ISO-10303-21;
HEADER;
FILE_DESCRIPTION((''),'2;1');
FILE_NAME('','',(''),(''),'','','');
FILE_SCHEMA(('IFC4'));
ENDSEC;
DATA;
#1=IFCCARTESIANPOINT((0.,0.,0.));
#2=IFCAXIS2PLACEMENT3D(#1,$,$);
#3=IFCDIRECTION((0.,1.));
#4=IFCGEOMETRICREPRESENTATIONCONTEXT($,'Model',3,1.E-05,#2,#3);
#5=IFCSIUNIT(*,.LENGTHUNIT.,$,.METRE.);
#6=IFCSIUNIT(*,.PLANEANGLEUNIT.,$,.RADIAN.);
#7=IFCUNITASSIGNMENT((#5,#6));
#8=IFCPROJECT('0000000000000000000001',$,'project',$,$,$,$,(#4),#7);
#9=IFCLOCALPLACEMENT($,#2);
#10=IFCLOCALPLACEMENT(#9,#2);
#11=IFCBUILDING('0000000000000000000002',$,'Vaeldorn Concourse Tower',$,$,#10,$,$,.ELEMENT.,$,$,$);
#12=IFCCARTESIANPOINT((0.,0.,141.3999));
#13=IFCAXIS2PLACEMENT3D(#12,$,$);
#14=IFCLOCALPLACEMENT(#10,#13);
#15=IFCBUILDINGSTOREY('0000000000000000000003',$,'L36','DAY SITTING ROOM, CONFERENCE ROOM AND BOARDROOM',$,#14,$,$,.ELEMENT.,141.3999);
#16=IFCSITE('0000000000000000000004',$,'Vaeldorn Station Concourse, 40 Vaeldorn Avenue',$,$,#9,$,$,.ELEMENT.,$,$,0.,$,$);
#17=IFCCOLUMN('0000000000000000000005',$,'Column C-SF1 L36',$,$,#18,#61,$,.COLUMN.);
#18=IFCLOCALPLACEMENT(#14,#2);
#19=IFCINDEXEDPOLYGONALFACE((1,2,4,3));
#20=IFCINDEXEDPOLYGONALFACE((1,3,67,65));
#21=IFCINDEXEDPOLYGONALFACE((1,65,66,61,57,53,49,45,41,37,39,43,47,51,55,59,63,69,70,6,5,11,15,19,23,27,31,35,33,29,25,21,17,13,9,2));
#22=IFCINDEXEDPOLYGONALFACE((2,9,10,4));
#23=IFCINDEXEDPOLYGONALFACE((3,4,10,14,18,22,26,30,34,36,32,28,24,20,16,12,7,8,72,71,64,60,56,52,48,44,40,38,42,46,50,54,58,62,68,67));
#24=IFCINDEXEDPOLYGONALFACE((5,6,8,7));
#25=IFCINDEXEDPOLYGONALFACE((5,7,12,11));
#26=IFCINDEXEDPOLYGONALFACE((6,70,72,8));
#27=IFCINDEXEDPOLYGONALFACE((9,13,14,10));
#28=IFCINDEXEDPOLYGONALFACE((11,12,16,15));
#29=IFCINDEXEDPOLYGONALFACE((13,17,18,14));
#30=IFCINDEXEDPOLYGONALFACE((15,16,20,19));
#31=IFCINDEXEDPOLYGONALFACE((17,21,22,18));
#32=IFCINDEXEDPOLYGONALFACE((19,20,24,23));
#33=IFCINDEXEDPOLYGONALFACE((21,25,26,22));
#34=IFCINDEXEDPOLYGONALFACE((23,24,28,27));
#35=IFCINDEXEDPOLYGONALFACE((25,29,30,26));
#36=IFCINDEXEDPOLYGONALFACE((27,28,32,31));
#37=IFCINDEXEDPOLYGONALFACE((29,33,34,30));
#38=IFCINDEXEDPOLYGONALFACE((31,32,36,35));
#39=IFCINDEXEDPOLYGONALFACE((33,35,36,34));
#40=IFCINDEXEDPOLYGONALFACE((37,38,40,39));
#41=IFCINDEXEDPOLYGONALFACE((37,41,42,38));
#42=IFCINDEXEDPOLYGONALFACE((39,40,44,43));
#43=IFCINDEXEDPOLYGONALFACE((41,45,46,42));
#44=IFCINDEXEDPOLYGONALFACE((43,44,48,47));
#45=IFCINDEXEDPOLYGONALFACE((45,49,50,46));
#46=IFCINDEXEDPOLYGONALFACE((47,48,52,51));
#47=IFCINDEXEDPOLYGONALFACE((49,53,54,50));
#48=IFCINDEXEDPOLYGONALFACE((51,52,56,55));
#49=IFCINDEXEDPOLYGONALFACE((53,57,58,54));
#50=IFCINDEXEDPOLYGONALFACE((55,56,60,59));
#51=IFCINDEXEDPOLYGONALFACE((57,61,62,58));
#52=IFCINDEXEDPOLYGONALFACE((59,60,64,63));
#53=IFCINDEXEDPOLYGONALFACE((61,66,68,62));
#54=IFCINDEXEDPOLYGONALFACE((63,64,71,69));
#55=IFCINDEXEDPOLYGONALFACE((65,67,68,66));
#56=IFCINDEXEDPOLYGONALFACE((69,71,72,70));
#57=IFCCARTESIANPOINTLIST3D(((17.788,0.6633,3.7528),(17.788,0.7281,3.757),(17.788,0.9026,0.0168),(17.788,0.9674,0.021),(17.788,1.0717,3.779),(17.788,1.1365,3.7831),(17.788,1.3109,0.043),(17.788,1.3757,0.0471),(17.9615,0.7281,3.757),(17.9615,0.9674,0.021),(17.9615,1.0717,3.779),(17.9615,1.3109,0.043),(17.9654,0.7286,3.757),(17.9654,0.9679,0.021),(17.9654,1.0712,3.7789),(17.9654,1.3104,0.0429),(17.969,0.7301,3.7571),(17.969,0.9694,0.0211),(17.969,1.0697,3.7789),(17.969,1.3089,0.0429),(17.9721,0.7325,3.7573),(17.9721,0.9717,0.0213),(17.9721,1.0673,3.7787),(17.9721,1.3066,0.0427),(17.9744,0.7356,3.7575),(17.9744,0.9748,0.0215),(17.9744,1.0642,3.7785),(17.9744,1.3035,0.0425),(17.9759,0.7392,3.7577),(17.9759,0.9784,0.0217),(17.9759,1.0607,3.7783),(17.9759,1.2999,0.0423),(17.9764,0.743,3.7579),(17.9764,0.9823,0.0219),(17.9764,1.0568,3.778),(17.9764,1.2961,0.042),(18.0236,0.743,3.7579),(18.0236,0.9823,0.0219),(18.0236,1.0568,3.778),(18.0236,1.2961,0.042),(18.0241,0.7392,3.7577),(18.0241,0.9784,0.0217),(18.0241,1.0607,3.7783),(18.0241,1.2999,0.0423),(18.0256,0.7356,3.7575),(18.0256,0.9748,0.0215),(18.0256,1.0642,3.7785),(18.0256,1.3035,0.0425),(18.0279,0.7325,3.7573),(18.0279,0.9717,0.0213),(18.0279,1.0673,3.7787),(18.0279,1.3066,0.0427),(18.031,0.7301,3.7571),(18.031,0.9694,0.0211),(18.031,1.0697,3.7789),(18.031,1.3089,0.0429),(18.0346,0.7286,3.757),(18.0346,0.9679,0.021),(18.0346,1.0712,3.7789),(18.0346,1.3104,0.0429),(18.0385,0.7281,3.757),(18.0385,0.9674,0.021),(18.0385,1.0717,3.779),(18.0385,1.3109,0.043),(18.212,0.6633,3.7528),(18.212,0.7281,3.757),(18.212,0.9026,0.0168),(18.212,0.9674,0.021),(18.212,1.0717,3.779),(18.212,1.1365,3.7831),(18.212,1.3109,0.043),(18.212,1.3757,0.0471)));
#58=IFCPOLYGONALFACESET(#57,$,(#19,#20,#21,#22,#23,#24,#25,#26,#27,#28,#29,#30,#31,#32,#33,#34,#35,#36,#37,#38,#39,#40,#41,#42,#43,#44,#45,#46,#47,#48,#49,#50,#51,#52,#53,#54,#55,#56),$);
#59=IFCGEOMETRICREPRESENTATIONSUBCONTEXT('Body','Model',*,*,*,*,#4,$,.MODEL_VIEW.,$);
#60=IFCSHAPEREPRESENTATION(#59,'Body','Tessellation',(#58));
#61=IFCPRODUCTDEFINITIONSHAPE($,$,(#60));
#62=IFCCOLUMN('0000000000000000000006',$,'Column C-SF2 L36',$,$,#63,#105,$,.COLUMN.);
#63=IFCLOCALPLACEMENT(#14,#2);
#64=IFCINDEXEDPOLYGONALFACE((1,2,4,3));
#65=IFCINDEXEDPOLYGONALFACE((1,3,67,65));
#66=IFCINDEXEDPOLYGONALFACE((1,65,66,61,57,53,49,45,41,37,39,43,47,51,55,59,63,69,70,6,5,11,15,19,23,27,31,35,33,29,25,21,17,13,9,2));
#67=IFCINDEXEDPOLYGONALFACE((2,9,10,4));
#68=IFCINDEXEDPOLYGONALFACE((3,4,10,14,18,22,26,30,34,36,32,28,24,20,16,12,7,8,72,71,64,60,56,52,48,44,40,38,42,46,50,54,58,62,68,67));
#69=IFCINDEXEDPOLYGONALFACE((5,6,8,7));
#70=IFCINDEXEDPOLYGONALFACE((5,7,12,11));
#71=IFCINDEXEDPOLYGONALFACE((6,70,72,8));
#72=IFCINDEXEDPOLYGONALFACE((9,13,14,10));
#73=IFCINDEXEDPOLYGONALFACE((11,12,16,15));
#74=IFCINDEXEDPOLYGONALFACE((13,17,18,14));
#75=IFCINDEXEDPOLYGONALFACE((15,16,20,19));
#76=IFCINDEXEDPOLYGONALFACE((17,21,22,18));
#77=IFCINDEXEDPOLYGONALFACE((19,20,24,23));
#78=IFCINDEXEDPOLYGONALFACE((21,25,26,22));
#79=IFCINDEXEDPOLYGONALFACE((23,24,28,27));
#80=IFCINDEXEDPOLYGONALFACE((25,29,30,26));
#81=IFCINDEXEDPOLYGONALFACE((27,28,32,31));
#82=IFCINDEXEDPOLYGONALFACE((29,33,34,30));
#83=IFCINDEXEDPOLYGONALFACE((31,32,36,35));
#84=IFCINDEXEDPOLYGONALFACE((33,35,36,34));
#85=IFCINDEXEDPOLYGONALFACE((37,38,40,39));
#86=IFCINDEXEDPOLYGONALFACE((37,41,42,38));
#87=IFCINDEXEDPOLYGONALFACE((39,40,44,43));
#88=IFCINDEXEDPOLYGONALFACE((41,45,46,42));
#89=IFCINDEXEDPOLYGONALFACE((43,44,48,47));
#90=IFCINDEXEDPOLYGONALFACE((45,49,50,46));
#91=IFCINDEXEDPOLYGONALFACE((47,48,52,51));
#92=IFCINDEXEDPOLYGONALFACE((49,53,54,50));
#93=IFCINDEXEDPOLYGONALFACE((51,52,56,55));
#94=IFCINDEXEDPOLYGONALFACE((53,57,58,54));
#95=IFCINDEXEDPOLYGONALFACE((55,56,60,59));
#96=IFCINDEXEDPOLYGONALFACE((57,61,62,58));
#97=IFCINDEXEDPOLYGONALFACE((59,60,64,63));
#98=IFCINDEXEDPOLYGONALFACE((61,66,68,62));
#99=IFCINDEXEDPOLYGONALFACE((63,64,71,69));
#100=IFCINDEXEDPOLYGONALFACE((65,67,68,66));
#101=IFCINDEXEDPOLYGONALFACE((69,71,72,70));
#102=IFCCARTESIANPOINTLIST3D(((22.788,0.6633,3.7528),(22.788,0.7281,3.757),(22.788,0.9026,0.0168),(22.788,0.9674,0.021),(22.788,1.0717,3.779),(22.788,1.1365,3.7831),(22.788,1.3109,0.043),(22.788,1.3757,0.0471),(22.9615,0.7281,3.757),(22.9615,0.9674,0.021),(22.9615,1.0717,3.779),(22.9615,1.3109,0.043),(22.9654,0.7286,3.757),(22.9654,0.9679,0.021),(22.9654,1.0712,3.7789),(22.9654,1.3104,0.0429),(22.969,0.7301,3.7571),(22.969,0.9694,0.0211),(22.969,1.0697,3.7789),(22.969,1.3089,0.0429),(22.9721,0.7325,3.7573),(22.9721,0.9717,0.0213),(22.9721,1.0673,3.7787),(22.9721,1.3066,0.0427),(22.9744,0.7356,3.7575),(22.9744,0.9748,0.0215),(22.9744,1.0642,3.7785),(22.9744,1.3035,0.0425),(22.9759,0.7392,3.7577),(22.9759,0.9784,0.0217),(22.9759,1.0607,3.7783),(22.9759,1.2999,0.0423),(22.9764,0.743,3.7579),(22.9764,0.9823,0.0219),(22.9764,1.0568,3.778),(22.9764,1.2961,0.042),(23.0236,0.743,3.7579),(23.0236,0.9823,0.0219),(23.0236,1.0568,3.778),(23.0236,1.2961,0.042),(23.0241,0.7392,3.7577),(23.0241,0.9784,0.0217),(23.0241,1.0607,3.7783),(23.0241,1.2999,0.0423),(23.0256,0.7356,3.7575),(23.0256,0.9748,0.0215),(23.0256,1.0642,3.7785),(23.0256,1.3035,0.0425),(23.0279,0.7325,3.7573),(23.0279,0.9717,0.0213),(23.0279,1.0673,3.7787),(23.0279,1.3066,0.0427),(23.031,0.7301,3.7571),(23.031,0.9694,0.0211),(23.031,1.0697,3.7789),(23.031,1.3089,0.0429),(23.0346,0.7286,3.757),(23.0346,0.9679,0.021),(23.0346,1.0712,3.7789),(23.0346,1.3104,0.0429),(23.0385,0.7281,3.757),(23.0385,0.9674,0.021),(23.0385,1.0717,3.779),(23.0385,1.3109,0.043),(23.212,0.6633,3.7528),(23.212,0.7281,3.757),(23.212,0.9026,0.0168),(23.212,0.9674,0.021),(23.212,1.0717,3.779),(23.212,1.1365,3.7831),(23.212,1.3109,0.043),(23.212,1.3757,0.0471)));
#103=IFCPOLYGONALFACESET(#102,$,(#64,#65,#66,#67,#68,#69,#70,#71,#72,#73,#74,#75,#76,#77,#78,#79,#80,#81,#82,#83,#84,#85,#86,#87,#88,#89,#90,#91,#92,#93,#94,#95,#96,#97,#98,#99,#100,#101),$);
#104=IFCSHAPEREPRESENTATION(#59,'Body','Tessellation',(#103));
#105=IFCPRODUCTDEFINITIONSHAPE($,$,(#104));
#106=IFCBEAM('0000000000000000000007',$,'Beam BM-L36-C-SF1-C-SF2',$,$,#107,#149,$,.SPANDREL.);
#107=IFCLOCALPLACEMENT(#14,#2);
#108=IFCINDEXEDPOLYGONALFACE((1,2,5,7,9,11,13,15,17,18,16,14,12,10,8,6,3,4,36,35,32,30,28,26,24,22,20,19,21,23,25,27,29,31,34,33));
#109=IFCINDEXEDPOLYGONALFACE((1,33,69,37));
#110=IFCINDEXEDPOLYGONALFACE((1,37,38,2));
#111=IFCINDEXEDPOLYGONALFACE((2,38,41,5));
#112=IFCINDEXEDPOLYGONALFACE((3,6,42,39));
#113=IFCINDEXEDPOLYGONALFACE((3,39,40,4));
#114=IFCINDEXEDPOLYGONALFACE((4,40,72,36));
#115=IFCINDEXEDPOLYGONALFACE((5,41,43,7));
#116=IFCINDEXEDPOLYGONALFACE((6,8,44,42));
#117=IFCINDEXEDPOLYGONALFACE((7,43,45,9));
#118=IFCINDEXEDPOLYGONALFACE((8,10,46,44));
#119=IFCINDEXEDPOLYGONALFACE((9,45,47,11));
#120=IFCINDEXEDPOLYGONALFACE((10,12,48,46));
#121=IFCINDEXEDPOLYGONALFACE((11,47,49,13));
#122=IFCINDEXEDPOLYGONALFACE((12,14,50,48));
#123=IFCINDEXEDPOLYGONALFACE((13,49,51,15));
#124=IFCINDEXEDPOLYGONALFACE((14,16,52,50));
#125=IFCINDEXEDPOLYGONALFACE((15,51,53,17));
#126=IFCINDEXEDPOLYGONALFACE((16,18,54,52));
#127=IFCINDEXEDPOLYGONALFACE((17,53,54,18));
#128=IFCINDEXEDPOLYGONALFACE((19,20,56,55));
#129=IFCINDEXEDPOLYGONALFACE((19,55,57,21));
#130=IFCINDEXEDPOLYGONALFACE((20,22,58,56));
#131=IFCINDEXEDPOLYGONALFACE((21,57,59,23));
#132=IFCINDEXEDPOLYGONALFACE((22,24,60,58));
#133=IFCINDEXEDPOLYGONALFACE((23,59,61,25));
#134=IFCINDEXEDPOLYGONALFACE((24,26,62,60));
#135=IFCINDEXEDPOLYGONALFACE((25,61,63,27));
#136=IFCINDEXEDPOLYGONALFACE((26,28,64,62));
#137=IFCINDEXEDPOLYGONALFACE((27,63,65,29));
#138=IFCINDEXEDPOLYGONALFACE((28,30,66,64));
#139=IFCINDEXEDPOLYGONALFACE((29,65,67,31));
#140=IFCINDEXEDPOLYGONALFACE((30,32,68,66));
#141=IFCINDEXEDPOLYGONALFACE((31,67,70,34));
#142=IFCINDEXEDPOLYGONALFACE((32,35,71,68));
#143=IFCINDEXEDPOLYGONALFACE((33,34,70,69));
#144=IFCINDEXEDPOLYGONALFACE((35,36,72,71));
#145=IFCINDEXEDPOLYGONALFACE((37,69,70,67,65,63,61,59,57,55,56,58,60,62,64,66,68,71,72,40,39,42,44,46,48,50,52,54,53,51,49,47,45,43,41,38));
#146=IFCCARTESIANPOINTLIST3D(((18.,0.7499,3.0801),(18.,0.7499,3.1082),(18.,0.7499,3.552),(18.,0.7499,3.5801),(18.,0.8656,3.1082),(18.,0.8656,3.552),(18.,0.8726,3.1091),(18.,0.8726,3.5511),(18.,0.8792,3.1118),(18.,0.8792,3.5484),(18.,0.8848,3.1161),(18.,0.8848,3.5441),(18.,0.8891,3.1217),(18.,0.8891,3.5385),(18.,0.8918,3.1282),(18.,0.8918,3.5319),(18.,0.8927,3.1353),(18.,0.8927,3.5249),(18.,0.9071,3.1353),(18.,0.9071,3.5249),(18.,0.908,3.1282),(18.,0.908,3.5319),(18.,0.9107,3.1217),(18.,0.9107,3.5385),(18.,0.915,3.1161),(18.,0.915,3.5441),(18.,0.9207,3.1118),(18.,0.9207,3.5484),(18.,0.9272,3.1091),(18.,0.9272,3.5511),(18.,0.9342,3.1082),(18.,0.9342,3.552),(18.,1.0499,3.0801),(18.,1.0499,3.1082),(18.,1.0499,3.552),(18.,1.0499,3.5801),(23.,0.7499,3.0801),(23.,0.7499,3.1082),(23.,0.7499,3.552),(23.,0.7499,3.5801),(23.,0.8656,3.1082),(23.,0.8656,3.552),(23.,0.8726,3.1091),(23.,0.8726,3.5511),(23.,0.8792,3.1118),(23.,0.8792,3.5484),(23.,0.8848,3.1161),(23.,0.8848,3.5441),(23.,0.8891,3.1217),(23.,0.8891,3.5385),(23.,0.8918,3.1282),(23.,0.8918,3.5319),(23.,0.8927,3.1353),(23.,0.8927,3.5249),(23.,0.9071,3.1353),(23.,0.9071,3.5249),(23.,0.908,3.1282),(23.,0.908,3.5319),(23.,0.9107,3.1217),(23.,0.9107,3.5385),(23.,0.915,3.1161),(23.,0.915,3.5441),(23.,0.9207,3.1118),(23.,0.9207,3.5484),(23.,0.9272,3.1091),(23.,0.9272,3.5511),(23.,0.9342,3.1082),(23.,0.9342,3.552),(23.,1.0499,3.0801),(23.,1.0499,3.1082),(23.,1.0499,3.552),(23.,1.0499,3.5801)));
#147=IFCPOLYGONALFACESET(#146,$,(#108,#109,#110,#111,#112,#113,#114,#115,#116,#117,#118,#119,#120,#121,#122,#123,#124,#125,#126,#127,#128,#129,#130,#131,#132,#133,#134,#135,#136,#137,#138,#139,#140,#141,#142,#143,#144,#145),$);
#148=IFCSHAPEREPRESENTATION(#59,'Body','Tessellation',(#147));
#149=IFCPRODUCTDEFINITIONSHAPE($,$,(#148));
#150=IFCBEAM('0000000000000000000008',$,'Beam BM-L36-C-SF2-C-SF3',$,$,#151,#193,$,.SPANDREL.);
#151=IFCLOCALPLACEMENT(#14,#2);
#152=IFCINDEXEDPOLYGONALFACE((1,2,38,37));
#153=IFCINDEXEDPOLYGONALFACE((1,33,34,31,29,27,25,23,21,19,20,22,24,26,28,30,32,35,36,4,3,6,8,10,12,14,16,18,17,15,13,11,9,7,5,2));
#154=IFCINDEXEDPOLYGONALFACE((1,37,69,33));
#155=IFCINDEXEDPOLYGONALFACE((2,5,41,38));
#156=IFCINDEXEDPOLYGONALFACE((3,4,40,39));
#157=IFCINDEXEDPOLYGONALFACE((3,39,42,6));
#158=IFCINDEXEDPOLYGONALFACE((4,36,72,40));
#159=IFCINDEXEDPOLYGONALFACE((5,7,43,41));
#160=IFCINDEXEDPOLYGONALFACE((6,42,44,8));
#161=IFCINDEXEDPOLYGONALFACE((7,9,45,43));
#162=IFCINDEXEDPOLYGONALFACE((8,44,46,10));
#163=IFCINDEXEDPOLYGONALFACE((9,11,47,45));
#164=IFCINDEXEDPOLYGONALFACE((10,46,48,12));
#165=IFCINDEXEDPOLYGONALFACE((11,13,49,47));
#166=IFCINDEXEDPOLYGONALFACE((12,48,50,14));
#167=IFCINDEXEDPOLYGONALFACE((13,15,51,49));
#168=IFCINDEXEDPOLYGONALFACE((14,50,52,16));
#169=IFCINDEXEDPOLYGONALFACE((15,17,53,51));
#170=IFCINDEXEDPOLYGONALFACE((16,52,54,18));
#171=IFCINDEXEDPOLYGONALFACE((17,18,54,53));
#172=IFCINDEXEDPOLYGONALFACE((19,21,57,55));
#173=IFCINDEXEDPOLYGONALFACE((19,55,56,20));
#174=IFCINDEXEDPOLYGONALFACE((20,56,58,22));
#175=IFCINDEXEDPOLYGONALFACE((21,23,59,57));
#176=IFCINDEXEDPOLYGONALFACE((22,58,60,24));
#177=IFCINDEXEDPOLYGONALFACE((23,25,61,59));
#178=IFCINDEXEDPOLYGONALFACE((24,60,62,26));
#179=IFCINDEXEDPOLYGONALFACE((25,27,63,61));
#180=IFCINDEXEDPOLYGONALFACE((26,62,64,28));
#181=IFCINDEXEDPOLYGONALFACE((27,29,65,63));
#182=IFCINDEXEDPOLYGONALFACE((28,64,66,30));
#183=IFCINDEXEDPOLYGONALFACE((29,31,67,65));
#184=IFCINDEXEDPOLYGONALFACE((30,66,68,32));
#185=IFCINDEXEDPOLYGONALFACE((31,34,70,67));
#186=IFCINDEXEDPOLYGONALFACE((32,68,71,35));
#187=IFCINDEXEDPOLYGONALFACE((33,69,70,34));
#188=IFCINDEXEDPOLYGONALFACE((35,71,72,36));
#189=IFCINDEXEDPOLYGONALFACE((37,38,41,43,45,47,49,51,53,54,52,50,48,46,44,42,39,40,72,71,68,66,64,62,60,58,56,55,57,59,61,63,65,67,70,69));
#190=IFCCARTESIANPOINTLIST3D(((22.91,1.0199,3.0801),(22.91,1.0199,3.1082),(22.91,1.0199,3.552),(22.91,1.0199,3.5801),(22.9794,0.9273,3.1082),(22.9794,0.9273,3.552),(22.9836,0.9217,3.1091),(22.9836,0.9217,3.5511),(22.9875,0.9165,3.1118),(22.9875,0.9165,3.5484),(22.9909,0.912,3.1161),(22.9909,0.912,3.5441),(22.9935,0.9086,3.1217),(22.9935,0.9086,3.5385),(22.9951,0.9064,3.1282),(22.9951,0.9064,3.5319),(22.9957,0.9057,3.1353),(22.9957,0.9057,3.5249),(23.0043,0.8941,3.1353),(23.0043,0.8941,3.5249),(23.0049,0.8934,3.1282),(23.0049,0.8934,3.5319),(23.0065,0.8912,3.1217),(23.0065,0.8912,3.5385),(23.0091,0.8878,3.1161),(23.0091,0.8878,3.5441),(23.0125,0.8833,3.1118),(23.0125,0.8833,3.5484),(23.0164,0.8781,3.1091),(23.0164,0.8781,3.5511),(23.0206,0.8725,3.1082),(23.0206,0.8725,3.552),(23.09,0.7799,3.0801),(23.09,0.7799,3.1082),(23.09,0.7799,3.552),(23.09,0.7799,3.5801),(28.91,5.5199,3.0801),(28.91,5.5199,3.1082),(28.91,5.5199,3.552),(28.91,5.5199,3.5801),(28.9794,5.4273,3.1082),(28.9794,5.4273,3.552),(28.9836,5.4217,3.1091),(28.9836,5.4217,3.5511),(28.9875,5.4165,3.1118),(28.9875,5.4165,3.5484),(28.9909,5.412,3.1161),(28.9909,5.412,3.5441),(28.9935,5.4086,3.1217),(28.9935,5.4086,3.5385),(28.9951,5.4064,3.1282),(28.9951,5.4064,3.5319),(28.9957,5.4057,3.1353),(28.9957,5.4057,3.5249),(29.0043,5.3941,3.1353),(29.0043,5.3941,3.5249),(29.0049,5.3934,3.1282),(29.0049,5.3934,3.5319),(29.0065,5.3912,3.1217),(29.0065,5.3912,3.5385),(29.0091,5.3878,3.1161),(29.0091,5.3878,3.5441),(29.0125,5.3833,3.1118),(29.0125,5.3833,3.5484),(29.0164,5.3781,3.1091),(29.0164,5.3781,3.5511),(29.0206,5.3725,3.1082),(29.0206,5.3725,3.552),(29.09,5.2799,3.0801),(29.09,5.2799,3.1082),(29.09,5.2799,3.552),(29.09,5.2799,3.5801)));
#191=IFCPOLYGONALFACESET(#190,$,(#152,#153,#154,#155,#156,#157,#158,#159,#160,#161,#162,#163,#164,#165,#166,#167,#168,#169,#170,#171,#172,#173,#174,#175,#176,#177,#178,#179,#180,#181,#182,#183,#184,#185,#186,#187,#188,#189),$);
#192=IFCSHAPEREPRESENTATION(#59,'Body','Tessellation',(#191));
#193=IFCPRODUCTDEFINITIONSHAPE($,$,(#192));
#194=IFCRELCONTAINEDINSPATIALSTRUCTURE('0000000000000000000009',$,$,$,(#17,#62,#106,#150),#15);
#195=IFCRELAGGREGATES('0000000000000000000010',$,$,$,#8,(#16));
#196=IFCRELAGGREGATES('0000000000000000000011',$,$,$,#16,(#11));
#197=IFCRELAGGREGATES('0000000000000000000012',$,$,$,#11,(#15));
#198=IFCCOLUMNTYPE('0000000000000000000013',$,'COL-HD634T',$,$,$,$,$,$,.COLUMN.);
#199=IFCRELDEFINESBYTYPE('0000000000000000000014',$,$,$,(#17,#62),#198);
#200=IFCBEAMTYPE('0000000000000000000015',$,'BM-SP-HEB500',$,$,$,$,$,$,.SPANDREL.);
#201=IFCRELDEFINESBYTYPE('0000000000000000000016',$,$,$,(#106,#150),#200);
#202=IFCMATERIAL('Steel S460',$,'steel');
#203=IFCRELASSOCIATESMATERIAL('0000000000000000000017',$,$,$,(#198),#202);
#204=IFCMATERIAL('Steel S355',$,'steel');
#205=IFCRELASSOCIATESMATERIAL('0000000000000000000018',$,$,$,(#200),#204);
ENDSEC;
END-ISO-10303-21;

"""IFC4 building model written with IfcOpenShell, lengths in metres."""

from ifc_helpers import new_model, si_unit, direction, frame, origin, origin_2d, place, context, subcontext, project, spatial, i_section, extrude, source, transform, mapped, material, material_profile, profile_set, type_object, element, save


model = new_model("IFC4")

# Units and contexts
model_context = context("Model", 3, precision=1e-05, world=origin(), true_north=direction((0.0, 1.0)))
body_context = subcontext(model_context, "Body", "Model", "MODEL_VIEW")
ifc_project = project(units=[si_unit("LENGTHUNIT", "METRE"), si_unit("PLANEANGLEUNIT", "RADIAN")], contexts=[model_context])

# Site, building, storey
site_placement = place(None, origin())
site = spatial("IfcSite", under=ifc_project, at=site_placement, Name="Vaeldorn Station Concourse, 40 Vaeldorn Avenue", CompositionType="ELEMENT", RefElevation=0.0)
building_placement = place(site_placement, origin())
building = spatial("IfcBuilding", under=site, at=building_placement, Name="Vaeldorn Concourse Tower", CompositionType="ELEMENT")
storey_placement = place(building_placement, frame((0.0, 0.0, 141.3999)))
storey = spatial("IfcBuildingStorey", under=building, at=storey_placement, Name="L36", Description="DAY SITTING ROOM, CONFERENCE ROOM AND BOARDROOM", CompositionType="ELEMENT", Elevation=141.3999)

# Columns
ifc_material_1 = material(Name="Steel S460", Category="steel")
ifc_material_profile_1 = material_profile(ifc_material_1, i_section(OverallWidth=0.4241, OverallDepth=0.4741, WebThickness=0.0471, FlangeThickness=0.0649, FilletRadius=0.0149, at=origin_2d()), Name="HD 400x634")
ifc_profile_set_1 = profile_set([ifc_material_profile_1], Name="Steel S460")
column_type = type_object("IfcColumnType", Name="COL-HD634T", PredefinedType="COLUMN", material=ifc_profile_set_1)
shared_shape_1 = source(origin(), body_context, "Body", "SweptSolid", [
    extrude(i_section(OverallWidth=0.4241, OverallDepth=0.4741, WebThickness=0.0471, FlangeThickness=0.0649, FilletRadius=0.0149, at=origin_2d()), origin(), (0.0, 0.0, 1.0), 3.7437),
])
for number, where, z_axis, x_axis, name in (
    (1, (18.0, 1.1392, 0.032), (0.0, -0.063909, 0.997956), (1.0, 0.0, 0.0), "Column C-SF1 L36"),
    (2, (23.0, 1.1392, 0.032), (0.0, -0.063909, 0.997956), (1.0, 0.0, 0.0), "Column C-SF2 L36"),
):
    element("IfcColumn", number, at=place(storey_placement, frame(where, z_axis=z_axis, x_axis=x_axis)), inside=storey, type_object=column_type, Name=name, PredefinedType="COLUMN", context=body_context, shape_type="MappedRepresentation", body=[
        mapped(shared_shape_1, transform((0.0, 0.0, 0.0), scale=1.0)),
    ])

# Beams
ifc_material_2 = material(Name="Steel S355", Category="steel")
ifc_material_profile_2 = material_profile(ifc_material_2, i_section(OverallWidth=0.3, OverallDepth=0.5, WebThickness=0.0144, FlangeThickness=0.0281, FilletRadius=0.0271, at=origin_2d()), Name="HEB 500")
ifc_profile_set_2 = profile_set([ifc_material_profile_2], Name="Steel S355")
beam_type_1 = type_object("IfcBeamType", Name="BM-SP-HEB500", PredefinedType="SPANDREL", material=ifc_profile_set_2)
shared_shape_2 = source(origin(), body_context, "Body", "SweptSolid", [
    extrude(i_section(OverallWidth=0.3, OverallDepth=0.5, WebThickness=0.0144, FlangeThickness=0.0281, FilletRadius=0.0271, at=origin_2d()), origin(), (0.0, 0.0, 1.0), 5.0),
])
beam_1_placement = place(storey_placement, frame((18.0, 0.8999, 3.3301), z_axis=(1.0, 0.0, 0.0), x_axis=(0.0, 1.0, 0.0)))
element("IfcBeam", 3, at=beam_1_placement, inside=storey, type_object=beam_type_1, Name="Beam BM-L36-C-SF1-C-SF2", PredefinedType="SPANDREL", context=body_context, shape_type="MappedRepresentation", body=[
    mapped(shared_shape_2, transform((0.0, 0.0, 0.0), scale=1.0)),
])
shared_shape_3 = source(origin(), body_context, "Body", "SweptSolid", [
    extrude(i_section(OverallWidth=0.3, OverallDepth=0.5, WebThickness=0.0144, FlangeThickness=0.0281, FilletRadius=0.0271, at=origin_2d()), origin(), (0.0, 0.0, 1.0), 7.5),
])
beam_2_placement = place(storey_placement, frame((23.0, 0.8999, 3.3301), z_axis=(0.8, 0.6, 0.0), x_axis=(-0.6, 0.8, 0.0)))
element("IfcBeam", 4, at=beam_2_placement, inside=storey, type_object=beam_type_1, Name="Beam BM-L36-C-SF2-C-SF3", PredefinedType="SPANDREL", context=body_context, shape_type="MappedRepresentation", body=[
    mapped(shared_shape_3, transform((0.0, 0.0, 0.0), scale=1.0)),
])

save(model, "model.ifc")
